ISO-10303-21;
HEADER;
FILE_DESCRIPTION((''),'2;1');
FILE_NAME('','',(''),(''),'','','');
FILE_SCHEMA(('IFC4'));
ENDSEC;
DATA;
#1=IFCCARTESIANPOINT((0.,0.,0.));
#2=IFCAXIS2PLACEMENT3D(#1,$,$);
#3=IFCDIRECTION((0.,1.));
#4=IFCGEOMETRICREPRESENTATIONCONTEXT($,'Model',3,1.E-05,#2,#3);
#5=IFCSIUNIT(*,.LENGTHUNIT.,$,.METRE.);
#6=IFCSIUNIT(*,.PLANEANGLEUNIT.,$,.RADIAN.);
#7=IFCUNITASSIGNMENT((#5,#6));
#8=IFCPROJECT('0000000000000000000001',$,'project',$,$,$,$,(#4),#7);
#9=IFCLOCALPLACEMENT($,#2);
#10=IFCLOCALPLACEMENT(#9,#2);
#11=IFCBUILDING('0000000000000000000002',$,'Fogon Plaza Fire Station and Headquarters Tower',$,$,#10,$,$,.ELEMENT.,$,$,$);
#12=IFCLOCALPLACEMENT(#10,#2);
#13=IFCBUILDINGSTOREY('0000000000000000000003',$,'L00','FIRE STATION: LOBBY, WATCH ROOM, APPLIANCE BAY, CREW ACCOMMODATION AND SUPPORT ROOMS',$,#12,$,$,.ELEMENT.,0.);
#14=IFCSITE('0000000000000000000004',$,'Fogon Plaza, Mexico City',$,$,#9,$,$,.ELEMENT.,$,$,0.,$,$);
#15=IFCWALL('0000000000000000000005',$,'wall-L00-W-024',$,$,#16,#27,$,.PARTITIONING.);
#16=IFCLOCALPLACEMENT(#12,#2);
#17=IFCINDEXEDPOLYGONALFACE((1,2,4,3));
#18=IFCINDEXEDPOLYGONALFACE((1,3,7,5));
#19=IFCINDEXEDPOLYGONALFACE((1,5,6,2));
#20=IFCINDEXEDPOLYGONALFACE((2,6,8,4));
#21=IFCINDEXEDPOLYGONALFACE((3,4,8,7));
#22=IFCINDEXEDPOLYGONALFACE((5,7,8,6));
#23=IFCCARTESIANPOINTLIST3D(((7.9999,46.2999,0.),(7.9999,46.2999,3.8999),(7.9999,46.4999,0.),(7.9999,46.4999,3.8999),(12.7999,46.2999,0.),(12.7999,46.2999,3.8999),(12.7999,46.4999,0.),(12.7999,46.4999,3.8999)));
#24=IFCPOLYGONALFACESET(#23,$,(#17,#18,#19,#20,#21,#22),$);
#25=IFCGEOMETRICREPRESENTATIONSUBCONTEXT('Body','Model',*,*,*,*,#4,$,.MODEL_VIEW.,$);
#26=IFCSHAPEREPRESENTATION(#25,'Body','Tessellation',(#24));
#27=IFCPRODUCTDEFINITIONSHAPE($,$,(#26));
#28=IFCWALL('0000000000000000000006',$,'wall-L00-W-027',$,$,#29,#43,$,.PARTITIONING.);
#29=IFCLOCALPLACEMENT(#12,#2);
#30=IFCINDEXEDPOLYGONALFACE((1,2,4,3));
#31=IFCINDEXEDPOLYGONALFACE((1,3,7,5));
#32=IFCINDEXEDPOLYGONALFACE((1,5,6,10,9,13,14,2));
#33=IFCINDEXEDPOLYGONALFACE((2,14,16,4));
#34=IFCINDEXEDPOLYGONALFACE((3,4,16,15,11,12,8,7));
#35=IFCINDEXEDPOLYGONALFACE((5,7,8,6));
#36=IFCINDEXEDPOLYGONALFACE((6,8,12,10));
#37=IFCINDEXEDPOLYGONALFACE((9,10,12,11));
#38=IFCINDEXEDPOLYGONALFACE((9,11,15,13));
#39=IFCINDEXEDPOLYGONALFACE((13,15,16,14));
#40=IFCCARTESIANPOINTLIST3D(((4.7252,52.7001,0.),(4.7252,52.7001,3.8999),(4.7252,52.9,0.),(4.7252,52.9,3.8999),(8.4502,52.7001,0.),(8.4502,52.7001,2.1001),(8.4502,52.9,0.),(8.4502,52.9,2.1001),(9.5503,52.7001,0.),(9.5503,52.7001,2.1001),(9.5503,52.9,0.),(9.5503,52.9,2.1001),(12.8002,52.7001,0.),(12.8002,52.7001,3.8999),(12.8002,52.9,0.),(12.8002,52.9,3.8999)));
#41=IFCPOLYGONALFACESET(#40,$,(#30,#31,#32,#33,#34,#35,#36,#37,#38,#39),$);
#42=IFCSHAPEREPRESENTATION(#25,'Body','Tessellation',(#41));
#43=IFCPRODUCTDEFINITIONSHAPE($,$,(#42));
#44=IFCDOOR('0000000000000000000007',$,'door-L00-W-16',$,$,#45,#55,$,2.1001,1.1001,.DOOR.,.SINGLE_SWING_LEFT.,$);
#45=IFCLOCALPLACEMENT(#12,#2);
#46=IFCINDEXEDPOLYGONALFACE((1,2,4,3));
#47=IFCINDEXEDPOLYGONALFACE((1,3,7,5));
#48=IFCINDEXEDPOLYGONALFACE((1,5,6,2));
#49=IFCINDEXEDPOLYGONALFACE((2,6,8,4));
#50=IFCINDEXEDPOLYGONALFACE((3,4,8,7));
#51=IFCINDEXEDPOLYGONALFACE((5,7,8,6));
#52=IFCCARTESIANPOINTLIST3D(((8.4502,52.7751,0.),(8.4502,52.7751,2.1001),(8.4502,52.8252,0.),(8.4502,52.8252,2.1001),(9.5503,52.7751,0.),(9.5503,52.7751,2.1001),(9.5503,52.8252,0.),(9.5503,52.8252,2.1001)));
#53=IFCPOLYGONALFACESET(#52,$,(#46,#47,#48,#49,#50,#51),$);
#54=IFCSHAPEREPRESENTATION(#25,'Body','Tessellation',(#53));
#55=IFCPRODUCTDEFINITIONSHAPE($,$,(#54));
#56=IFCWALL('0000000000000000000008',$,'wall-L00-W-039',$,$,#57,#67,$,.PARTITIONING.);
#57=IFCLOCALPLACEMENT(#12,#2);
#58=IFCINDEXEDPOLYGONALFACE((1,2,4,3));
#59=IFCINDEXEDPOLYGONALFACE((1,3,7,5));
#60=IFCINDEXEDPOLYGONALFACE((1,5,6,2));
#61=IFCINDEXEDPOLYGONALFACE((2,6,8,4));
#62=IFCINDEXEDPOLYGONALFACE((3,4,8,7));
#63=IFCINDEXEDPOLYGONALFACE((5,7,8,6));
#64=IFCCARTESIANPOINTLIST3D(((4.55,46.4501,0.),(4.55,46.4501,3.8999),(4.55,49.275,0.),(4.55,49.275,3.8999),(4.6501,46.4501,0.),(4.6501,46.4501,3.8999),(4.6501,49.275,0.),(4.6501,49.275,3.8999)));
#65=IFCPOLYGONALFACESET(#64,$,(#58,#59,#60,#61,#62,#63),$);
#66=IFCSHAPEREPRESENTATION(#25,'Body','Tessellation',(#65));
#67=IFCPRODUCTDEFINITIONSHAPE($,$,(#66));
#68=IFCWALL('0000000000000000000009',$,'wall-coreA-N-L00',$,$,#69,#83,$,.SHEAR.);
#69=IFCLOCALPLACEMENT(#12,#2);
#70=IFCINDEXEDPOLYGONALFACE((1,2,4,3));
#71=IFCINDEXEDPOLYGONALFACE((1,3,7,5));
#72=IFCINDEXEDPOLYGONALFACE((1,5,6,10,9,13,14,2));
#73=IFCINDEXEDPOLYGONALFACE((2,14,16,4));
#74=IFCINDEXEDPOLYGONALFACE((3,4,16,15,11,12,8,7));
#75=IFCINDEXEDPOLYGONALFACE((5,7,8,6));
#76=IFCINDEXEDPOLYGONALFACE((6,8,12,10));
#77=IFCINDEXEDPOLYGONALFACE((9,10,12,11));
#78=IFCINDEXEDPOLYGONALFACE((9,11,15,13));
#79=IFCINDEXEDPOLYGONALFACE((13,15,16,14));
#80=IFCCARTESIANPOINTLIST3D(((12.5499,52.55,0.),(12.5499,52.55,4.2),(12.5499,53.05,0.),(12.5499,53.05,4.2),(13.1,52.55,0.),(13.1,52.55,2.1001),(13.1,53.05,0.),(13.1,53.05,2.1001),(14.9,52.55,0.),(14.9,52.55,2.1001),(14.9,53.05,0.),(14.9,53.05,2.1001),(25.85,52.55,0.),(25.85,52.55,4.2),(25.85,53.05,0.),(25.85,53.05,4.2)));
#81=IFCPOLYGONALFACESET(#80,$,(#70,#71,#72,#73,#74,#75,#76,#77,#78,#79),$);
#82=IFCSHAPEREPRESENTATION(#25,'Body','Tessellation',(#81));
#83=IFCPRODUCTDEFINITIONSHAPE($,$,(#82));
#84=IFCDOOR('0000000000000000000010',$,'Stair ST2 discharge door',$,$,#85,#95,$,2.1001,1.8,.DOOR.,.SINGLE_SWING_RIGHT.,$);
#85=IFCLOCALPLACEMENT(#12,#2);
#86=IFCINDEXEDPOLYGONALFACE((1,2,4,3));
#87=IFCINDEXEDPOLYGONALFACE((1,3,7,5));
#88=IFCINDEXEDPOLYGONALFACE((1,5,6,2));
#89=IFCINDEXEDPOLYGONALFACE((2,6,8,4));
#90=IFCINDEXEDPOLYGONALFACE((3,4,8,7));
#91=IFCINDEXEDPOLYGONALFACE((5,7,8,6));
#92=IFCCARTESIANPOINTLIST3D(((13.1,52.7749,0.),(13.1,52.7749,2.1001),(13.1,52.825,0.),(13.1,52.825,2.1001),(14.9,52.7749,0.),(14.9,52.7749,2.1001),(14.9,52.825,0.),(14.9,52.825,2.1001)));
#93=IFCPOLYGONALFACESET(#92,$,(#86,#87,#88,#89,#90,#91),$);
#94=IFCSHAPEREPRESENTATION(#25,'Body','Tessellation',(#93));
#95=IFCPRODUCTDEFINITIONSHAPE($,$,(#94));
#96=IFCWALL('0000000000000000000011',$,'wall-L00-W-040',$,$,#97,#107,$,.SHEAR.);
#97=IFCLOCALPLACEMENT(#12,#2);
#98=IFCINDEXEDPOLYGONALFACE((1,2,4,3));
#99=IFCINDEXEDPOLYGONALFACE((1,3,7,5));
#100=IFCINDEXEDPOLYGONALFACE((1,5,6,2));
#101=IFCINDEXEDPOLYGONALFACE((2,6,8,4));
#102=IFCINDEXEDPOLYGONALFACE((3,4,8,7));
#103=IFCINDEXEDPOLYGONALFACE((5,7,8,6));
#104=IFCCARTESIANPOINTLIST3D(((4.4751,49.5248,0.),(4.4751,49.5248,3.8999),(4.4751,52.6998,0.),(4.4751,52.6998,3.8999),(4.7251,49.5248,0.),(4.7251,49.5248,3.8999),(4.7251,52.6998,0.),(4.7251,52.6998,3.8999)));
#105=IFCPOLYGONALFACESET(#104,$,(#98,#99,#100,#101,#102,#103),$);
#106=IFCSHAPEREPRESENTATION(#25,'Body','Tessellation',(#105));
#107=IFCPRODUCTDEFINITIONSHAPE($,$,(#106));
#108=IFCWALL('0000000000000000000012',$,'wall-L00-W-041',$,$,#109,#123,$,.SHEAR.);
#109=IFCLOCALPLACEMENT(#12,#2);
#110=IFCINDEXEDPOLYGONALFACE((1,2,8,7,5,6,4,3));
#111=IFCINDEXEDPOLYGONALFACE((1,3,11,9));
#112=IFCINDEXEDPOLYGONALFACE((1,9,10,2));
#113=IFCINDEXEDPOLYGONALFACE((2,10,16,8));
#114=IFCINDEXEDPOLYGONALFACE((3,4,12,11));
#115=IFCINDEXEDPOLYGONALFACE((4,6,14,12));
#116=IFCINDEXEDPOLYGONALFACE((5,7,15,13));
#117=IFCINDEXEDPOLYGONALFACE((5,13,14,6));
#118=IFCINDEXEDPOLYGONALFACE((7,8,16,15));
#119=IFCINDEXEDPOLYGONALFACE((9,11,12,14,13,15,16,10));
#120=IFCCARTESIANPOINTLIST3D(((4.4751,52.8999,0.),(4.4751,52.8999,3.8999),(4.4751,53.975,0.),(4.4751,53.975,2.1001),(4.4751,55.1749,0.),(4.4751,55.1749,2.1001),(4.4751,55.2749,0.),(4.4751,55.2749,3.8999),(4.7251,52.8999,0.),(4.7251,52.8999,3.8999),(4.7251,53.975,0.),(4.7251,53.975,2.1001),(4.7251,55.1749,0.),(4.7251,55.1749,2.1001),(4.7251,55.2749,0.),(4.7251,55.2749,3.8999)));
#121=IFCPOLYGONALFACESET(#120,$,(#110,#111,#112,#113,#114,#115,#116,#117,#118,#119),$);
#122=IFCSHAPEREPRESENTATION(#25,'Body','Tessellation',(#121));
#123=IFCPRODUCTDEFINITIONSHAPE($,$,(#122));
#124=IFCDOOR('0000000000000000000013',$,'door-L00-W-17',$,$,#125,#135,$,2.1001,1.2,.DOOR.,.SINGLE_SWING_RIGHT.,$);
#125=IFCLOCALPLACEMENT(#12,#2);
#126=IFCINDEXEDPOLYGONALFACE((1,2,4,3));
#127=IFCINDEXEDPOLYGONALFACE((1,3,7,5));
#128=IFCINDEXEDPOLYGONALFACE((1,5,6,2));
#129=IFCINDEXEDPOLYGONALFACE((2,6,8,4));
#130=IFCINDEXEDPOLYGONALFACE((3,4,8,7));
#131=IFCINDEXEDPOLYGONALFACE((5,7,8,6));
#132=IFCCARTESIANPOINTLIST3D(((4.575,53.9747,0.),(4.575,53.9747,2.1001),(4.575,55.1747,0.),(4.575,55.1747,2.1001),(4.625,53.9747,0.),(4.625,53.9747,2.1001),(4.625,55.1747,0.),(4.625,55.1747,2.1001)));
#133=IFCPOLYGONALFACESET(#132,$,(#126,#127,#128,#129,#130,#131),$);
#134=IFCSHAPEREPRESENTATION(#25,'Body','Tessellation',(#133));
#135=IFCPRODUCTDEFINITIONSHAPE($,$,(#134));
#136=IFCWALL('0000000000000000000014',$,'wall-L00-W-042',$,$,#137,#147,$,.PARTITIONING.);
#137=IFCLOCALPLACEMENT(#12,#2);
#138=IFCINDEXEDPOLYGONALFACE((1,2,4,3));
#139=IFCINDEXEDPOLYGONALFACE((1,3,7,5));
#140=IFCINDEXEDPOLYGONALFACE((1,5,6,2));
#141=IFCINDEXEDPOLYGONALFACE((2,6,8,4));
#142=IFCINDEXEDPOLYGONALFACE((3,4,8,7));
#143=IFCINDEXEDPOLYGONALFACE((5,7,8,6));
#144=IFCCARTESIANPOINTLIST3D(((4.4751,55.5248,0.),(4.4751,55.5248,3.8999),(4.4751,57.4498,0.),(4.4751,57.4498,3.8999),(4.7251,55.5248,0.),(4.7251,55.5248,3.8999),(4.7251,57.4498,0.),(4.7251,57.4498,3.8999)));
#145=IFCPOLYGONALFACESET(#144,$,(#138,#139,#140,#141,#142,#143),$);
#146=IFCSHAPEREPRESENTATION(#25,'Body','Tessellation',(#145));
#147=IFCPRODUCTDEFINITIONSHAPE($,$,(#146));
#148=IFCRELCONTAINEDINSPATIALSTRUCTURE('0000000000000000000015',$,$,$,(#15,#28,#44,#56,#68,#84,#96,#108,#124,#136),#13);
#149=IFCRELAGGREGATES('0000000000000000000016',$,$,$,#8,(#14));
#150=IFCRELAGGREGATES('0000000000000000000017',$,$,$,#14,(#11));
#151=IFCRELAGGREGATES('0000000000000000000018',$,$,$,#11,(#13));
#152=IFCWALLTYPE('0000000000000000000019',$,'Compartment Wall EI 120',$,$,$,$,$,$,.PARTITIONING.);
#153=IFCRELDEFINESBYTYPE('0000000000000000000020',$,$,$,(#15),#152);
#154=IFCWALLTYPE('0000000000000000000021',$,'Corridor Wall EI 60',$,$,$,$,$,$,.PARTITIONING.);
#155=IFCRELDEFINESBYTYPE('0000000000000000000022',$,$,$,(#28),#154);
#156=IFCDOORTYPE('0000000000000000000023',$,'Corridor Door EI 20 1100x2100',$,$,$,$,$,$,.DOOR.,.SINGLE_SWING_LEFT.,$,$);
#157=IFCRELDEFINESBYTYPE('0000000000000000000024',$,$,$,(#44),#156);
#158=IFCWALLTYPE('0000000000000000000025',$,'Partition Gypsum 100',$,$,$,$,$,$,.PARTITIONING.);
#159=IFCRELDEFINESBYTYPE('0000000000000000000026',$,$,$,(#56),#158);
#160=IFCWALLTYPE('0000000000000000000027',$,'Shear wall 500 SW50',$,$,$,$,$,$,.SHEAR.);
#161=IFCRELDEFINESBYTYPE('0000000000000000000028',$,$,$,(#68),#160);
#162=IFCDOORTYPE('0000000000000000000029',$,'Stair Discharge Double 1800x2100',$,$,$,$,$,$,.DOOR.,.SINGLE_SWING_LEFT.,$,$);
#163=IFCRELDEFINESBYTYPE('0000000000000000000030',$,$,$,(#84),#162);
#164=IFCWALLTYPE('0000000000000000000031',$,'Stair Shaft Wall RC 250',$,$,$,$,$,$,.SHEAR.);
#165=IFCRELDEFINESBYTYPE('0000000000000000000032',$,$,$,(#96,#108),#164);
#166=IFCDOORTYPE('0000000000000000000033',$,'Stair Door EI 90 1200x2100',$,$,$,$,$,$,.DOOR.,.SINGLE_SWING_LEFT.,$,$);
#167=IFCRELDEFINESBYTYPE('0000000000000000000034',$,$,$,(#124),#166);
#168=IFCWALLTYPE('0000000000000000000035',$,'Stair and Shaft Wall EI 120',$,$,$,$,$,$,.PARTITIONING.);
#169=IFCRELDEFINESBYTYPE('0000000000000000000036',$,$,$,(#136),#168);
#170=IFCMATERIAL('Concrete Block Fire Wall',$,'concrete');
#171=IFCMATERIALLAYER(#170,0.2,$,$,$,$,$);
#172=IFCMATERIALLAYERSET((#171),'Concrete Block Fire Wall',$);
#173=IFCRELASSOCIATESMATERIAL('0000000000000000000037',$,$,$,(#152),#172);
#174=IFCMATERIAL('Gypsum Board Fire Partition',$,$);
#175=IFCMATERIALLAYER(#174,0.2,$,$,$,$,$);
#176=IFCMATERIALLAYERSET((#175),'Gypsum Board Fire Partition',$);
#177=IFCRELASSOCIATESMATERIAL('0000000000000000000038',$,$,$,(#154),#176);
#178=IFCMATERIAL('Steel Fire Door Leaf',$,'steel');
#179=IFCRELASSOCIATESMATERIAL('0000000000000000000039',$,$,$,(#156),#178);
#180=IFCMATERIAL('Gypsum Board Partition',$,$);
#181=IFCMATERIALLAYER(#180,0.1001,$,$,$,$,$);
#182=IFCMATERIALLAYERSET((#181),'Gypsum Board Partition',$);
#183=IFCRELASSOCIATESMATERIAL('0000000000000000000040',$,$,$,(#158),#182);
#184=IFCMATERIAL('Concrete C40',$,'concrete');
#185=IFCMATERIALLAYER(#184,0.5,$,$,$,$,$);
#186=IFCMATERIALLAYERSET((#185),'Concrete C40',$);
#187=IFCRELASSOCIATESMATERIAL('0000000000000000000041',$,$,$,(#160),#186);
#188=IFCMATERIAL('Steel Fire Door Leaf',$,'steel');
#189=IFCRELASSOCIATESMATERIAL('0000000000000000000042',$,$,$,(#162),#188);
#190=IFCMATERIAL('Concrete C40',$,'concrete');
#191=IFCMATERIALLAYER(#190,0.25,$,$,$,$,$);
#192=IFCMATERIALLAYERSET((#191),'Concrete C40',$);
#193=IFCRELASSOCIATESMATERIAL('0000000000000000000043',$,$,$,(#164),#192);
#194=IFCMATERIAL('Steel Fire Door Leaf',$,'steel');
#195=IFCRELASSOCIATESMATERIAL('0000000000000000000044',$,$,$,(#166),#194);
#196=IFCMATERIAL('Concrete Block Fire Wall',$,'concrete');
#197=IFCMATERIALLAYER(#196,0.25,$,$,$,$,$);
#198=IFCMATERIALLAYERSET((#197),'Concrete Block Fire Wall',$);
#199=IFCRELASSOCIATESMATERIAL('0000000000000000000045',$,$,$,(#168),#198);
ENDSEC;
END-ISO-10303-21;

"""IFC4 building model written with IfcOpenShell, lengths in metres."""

from ifc_helpers import new_model, si_unit, direction, frame, frame_2d, origin, place, context, subcontext, project, spatial, rectangle, extrude, material, layer, layer_set, type_object, element, fill, save


model = new_model("IFC4")

# Units and contexts
model_context = context("Model", 3, precision=1e-05, world=origin(), true_north=direction((0.0, 1.0)))
body_context = subcontext(model_context, "Body", "Model", "MODEL_VIEW")
ifc_project = project(units=[si_unit("LENGTHUNIT", "METRE"), si_unit("PLANEANGLEUNIT", "RADIAN")], contexts=[model_context])

# Site, building, storey
site_placement = place(None, origin())
site = spatial("IfcSite", under=ifc_project, at=site_placement, Name="Fogon Plaza, Mexico City", CompositionType="ELEMENT", RefElevation=0.0)
building_placement = place(site_placement, origin())
building = spatial("IfcBuilding", under=site, at=building_placement, Name="Fogon Plaza Fire Station and Headquarters Tower", CompositionType="ELEMENT")
storey_placement = place(building_placement, origin())
storey = spatial("IfcBuildingStorey", under=building, at=storey_placement, Name="L00", Description="FIRE STATION: LOBBY, WATCH ROOM, APPLIANCE BAY, CREW ACCOMMODATION AND SUPPORT ROOMS", CompositionType="ELEMENT", Elevation=0.0)

# Wall
ifc_material_1 = material(Name="Concrete Block Fire Wall", Category="concrete")
ifc_layer_1 = layer(ifc_material_1, 0.2)
ifc_layer_set_1 = layer_set([ifc_layer_1], Name="Concrete Block Fire Wall")
wall_type_1 = type_object("IfcWallType", Name="Compartment Wall EI 120", PredefinedType="PARTITIONING", material=ifc_layer_set_1)
wall_1_placement = place(storey_placement, frame((8.0, 46.3999, 0.0), z_axis=(0.0, 0.0, 1.0), x_axis=(1.0, 0.0, 0.0)))
element("IfcWall", 1, at=wall_1_placement, inside=storey, type_object=wall_type_1, Name="wall-L00-W-024", PredefinedType="PARTITIONING", context=body_context, shape_type="SweptSolid", body=[
    extrude(rectangle(XDim=4.8, YDim=0.2, at=frame_2d((2.3999, 0.0))), origin(), (0.0, 0.0, 1.0), 3.8999),
])

# Wall, opening, door
ifc_material_2 = material(Name="Gypsum Board Fire Partition")
ifc_layer_2 = layer(ifc_material_2, 0.2)
ifc_layer_set_2 = layer_set([ifc_layer_2], Name="Gypsum Board Fire Partition")
wall_type_2 = type_object("IfcWallType", Name="Corridor Wall EI 60", PredefinedType="PARTITIONING", material=ifc_layer_set_2)
wall_2_placement = place(storey_placement, frame((4.7251, 52.8, 0.0), z_axis=(0.0, 0.0, 1.0), x_axis=(1.0, 0.0, 0.0)))
wall_2 = element("IfcWall", 2, at=wall_2_placement, inside=storey, type_object=wall_type_2, Name="wall-L00-W-027", PredefinedType="PARTITIONING", context=body_context, shape_type="SweptSolid", body=[
    extrude(rectangle(XDim=8.075, YDim=0.2, at=frame_2d((4.0376, 0.0))), origin(), (0.0, 0.0, 1.0), 3.8999),
])
opening_1_placement = place(wall_2_placement, frame((3.7251, 0.0, 0.0)))
opening_1 = element("IfcOpeningElement", 3, at=opening_1_placement, cuts=wall_2, PredefinedType="OPENING", context=body_context, shape_type="SweptSolid", body=[
    extrude(rectangle(XDim=1.1001, YDim=2.1001, at=frame_2d((0.55, 1.05))), frame((0.0, 0.1099, 0.0), z_axis=(0.0, -1.0, 0.0), x_axis=(1.0, 0.0, 0.0)), (0.0, 0.0, 1.0), 0.22),
])
ifc_material_3 = material(Name="Steel Fire Door Leaf", Category="steel")
door_type_1 = type_object("IfcDoorType", Name="Corridor Door EI 20 1100x2100", OperationType="SINGLE_SWING_LEFT", PredefinedType="DOOR", material=ifc_material_3)
door_1_placement = place(opening_1_placement, frame((1.1001, 0.0, 0.0), z_axis=(0.0, 0.0, 1.0), x_axis=(-1.0, 0.0, 0.0)))
door_1 = element("IfcDoor", 4, at=door_1_placement, inside=storey, type_object=door_type_1, Name="door-L00-W-16", OperationType="SINGLE_SWING_LEFT", OverallHeight=2.1001, OverallWidth=1.1001, PredefinedType="DOOR", context=body_context, shape_type="SweptSolid", body=[
    extrude(rectangle(XDim=1.1001, YDim=2.1001, at=frame_2d((0.55, 1.05))), frame((0.0, 0.0249, 0.0), z_axis=(0.0, -1.0, 0.0), x_axis=(1.0, 0.0, 0.0)), (0.0, 0.0, 1.0), 0.05),
])
fill(opening_1, door_1)

# Wall
ifc_material_4 = material(Name="Gypsum Board Partition")
ifc_layer_3 = layer(ifc_material_4, 0.1001)
ifc_layer_set_3 = layer_set([ifc_layer_3], Name="Gypsum Board Partition")
wall_type_3 = type_object("IfcWallType", Name="Partition Gypsum 100", PredefinedType="PARTITIONING", material=ifc_layer_set_3)
wall_3_placement = place(storey_placement, frame((4.6001, 46.45, 0.0), z_axis=(0.0, 0.0, 1.0), x_axis=(0.0, 1.0, 0.0)))
element("IfcWall", 5, at=wall_3_placement, inside=storey, type_object=wall_type_3, Name="wall-L00-W-039", PredefinedType="PARTITIONING", context=body_context, shape_type="SweptSolid", body=[
    extrude(rectangle(XDim=2.825, YDim=0.1001, at=frame_2d((1.4126, 0.0))), origin(), (0.0, 0.0, 1.0), 3.8999),
])

# Wall, opening, door
ifc_material_5 = material(Name="Concrete C40", Category="concrete")
ifc_layer_4 = layer(ifc_material_5, 0.5)
ifc_layer_set_4 = layer_set([ifc_layer_4], Name="Concrete C40")
wall_type_4 = type_object("IfcWallType", Name="Shear wall 500 SW50", PredefinedType="SHEAR", material=ifc_layer_set_4)
wall_4_placement = place(storey_placement, frame((12.55, 52.8, 0.0), z_axis=(0.0, 0.0, 1.0), x_axis=(1.0, 0.0, 0.0)))
wall_4 = element("IfcWall", 6, at=wall_4_placement, inside=storey, type_object=wall_type_4, Name="wall-coreA-N-L00", PredefinedType="SHEAR", context=body_context, shape_type="SweptSolid", body=[
    extrude(rectangle(XDim=13.3, YDim=0.5, at=frame_2d((6.6499, 0.0))), origin(), (0.0, 0.0, 1.0), 4.2),
])
opening_2_placement = place(wall_4_placement, frame((0.55, 0.0, 0.0)))
opening_2 = element("IfcOpeningElement", 7, at=opening_2_placement, cuts=wall_4, PredefinedType="OPENING", context=body_context, shape_type="SweptSolid", body=[
    extrude(rectangle(XDim=1.8, YDim=2.1001, at=frame_2d((0.8999, 1.05))), frame((0.0, 0.26, 0.0), z_axis=(0.0, -1.0, 0.0), x_axis=(1.0, 0.0, 0.0)), (0.0, 0.0, 1.0), 0.52),
])
ifc_material_6 = material(Name="Steel Fire Door Leaf", Category="steel")
door_type_2 = type_object("IfcDoorType", Name="Stair Discharge Double 1800x2100", OperationType="SINGLE_SWING_LEFT", PredefinedType="DOOR", material=ifc_material_6)
door_2_placement = place(opening_2_placement, origin())
door_2 = element("IfcDoor", 8, at=door_2_placement, inside=storey, type_object=door_type_2, Name="Stair ST2 discharge door", OperationType="SINGLE_SWING_RIGHT", OverallHeight=2.1001, OverallWidth=1.8, PredefinedType="DOOR", context=body_context, shape_type="SweptSolid", body=[
    extrude(rectangle(XDim=1.8, YDim=2.1001, at=frame_2d((0.8999, 1.05))), frame((0.0, 0.0249, 0.0), z_axis=(0.0, -1.0, 0.0), x_axis=(1.0, 0.0, 0.0)), (0.0, 0.0, 1.0), 0.05),
])
fill(opening_2, door_2)

# Wall
ifc_material_7 = material(Name="Concrete C40", Category="concrete")
ifc_layer_5 = layer(ifc_material_7, 0.25)
ifc_layer_set_5 = layer_set([ifc_layer_5], Name="Concrete C40")
wall_type_5 = type_object("IfcWallType", Name="Stair Shaft Wall RC 250", PredefinedType="SHEAR", material=ifc_layer_set_5)
wall_5_placement = place(storey_placement, frame((4.6001, 49.5249, 0.0), z_axis=(0.0, 0.0, 1.0), x_axis=(0.0, 1.0, 0.0)))
element("IfcWall", 9, at=wall_5_placement, inside=storey, type_object=wall_type_5, Name="wall-L00-W-040", PredefinedType="SHEAR", context=body_context, shape_type="SweptSolid", body=[
    extrude(rectangle(XDim=3.175, YDim=0.25, at=frame_2d((1.5874, 0.0))), origin(), (0.0, 0.0, 1.0), 3.8999),
])

# Wall, opening, door
wall_6_placement = place(storey_placement, frame((4.6001, 52.8999, 0.0), z_axis=(0.0, 0.0, 1.0), x_axis=(0.0, 1.0, 0.0)))
wall_6 = element("IfcWall", 10, at=wall_6_placement, inside=storey, type_object=wall_type_5, Name="wall-L00-W-041", PredefinedType="SHEAR", context=body_context, shape_type="SweptSolid", body=[
    extrude(rectangle(XDim=2.375, YDim=0.25, at=frame_2d((1.1875, 0.0))), origin(), (0.0, 0.0, 1.0), 3.8999),
])
opening_3_placement = place(wall_6_placement, frame((1.075, 0.0, 0.0)))
opening_3 = element("IfcOpeningElement", 11, at=opening_3_placement, cuts=wall_6, PredefinedType="OPENING", context=body_context, shape_type="SweptSolid", body=[
    extrude(rectangle(XDim=1.2, YDim=2.1001, at=frame_2d((0.6001, 1.05))), frame((0.0, 0.135, 0.0), z_axis=(0.0, -1.0, 0.0), x_axis=(1.0, 0.0, 0.0)), (0.0, 0.0, 1.0), 0.27),
])
ifc_material_8 = material(Name="Steel Fire Door Leaf", Category="steel")
door_type_3 = type_object("IfcDoorType", Name="Stair Door EI 90 1200x2100", OperationType="SINGLE_SWING_LEFT", PredefinedType="DOOR", material=ifc_material_8)
door_3_placement = place(opening_3_placement, frame((1.2, 0.0, 0.0), z_axis=(0.0, 0.0, 1.0), x_axis=(-1.0, 0.0, 0.0)))
door_3 = element("IfcDoor", 12, at=door_3_placement, inside=storey, type_object=door_type_3, Name="door-L00-W-17", OperationType="SINGLE_SWING_RIGHT", OverallHeight=2.1001, OverallWidth=1.2, PredefinedType="DOOR", context=body_context, shape_type="SweptSolid", body=[
    extrude(rectangle(XDim=1.2, YDim=2.1001, at=frame_2d((0.6001, 1.05))), frame((0.0, 0.0249, 0.0), z_axis=(0.0, -1.0, 0.0), x_axis=(1.0, 0.0, 0.0)), (0.0, 0.0, 1.0), 0.05),
])
fill(opening_3, door_3)

# Wall
ifc_material_9 = material(Name="Concrete Block Fire Wall", Category="concrete")
ifc_layer_6 = layer(ifc_material_9, 0.25)
ifc_layer_set_6 = layer_set([ifc_layer_6], Name="Concrete Block Fire Wall")
wall_type_6 = type_object("IfcWallType", Name="Stair and Shaft Wall EI 120", PredefinedType="PARTITIONING", material=ifc_layer_set_6)
wall_7_placement = place(storey_placement, frame((4.6001, 55.5249, 0.0), z_axis=(0.0, 0.0, 1.0), x_axis=(0.0, 1.0, 0.0)))
element("IfcWall", 13, at=wall_7_placement, inside=storey, type_object=wall_type_6, Name="wall-L00-W-042", PredefinedType="PARTITIONING", context=body_context, shape_type="SweptSolid", body=[
    extrude(rectangle(XDim=1.925, YDim=0.25, at=frame_2d((0.9624, 0.0))), origin(), (0.0, 0.0, 1.0), 3.8999),
])

save(model, "model.ifc")
